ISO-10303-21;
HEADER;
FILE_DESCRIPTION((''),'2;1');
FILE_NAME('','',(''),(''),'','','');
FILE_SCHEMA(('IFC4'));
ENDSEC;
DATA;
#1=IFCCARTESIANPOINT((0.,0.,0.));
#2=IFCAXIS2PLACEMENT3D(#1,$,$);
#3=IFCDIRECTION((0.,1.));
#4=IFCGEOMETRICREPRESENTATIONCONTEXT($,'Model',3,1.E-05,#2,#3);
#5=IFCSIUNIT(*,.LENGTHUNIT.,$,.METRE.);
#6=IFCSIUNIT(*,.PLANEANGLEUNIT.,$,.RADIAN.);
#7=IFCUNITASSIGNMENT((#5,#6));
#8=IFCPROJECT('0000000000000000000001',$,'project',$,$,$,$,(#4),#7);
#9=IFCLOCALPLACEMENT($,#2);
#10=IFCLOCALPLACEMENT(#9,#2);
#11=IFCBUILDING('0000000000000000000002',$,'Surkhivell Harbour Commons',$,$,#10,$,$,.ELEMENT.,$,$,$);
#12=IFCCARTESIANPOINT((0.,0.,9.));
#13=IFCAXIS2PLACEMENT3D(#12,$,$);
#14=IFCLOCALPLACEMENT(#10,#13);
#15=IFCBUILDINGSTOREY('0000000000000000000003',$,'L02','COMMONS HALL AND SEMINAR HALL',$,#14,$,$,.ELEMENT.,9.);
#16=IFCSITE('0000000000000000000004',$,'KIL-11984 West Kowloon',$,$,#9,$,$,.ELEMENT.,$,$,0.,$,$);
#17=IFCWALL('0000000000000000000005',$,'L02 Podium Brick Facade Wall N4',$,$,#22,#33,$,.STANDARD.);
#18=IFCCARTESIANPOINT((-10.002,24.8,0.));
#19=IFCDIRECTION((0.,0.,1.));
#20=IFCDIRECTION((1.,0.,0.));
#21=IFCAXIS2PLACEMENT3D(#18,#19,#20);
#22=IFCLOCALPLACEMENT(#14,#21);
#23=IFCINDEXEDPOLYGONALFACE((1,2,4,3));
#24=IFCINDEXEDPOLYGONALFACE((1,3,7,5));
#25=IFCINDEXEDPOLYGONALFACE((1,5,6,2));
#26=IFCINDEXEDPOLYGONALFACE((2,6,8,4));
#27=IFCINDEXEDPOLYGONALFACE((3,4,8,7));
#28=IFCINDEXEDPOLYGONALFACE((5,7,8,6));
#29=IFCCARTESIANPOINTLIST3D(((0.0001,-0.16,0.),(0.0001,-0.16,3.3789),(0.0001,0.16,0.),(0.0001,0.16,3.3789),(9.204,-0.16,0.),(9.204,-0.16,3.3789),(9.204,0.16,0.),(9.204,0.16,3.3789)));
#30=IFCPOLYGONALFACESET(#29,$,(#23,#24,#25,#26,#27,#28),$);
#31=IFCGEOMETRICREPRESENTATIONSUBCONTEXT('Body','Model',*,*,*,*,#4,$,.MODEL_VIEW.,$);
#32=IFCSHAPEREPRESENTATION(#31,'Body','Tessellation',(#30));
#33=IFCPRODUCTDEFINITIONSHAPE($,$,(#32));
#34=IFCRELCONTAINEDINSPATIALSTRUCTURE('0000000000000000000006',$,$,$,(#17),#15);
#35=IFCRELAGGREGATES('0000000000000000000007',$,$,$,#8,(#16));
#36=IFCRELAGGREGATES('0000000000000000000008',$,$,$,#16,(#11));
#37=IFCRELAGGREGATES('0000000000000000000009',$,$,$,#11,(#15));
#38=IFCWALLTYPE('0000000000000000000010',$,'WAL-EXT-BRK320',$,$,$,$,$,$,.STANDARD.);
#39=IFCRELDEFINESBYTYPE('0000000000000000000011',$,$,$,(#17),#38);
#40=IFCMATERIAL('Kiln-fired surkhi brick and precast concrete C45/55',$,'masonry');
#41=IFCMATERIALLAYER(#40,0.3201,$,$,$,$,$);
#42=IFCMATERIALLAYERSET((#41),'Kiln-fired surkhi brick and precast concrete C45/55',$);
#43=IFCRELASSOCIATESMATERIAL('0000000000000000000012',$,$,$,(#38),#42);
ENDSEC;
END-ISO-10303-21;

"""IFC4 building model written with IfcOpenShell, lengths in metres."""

from ifc_helpers import new_model, si_unit, direction, frame, frame_2d, origin, place, context, subcontext, project, spatial, rectangle, extrude, material, layer, layer_set, type_object, element, save


model = new_model("IFC4")

# Units and contexts
model_context = context("Model", 3, precision=1e-05, world=origin(), true_north=direction((0.0, 1.0)))
body_context = subcontext(model_context, "Body", "Model", "MODEL_VIEW")
ifc_project = project(units=[si_unit("LENGTHUNIT", "METRE"), si_unit("PLANEANGLEUNIT", "RADIAN")], contexts=[model_context])

# Site, building, storey
site_placement = place(None, origin())
site = spatial("IfcSite", under=ifc_project, at=site_placement, Name="KIL-11984 West Kowloon", CompositionType="ELEMENT", RefElevation=0.0)
building_placement = place(site_placement, origin())
building = spatial("IfcBuilding", under=site, at=building_placement, Name="Surkhivell Harbour Commons", CompositionType="ELEMENT")
storey_placement = place(building_placement, frame((0.0, 0.0, 9.0)))
storey = spatial("IfcBuildingStorey", under=building, at=storey_placement, Name="L02", Description="COMMONS HALL AND SEMINAR HALL", CompositionType="ELEMENT", Elevation=9.0)

# Wall
ifc_material_1 = material(Name="Kiln-fired surkhi brick and precast concrete C45/55", Category="masonry")
ifc_layer_1 = layer(ifc_material_1, 0.3201)
ifc_layer_set_1 = layer_set([ifc_layer_1], Name="Kiln-fired surkhi brick and precast concrete C45/55")
wall_type_1 = type_object("IfcWallType", Name="WAL-EXT-BRK320", PredefinedType="STANDARD", material=ifc_layer_set_1)
wall_1_placement = place(storey_placement, frame((-10.002, 24.8, 0.0), z_axis=(0.0, 0.0, 1.0), x_axis=(1.0, 0.0, 0.0)))
element("IfcWall", 1, at=wall_1_placement, inside=storey, type_object=wall_type_1, Name="L02 Podium Brick Facade Wall N4", PredefinedType="STANDARD", context=body_context, shape_type="SweptSolid", body=[
    extrude(rectangle(XDim=9.2039, YDim=0.3201, at=frame_2d((4.6021, 0.0))), origin(), (0.0, 0.0, 1.0), 3.3789),
])

save(model, "model.ifc")
